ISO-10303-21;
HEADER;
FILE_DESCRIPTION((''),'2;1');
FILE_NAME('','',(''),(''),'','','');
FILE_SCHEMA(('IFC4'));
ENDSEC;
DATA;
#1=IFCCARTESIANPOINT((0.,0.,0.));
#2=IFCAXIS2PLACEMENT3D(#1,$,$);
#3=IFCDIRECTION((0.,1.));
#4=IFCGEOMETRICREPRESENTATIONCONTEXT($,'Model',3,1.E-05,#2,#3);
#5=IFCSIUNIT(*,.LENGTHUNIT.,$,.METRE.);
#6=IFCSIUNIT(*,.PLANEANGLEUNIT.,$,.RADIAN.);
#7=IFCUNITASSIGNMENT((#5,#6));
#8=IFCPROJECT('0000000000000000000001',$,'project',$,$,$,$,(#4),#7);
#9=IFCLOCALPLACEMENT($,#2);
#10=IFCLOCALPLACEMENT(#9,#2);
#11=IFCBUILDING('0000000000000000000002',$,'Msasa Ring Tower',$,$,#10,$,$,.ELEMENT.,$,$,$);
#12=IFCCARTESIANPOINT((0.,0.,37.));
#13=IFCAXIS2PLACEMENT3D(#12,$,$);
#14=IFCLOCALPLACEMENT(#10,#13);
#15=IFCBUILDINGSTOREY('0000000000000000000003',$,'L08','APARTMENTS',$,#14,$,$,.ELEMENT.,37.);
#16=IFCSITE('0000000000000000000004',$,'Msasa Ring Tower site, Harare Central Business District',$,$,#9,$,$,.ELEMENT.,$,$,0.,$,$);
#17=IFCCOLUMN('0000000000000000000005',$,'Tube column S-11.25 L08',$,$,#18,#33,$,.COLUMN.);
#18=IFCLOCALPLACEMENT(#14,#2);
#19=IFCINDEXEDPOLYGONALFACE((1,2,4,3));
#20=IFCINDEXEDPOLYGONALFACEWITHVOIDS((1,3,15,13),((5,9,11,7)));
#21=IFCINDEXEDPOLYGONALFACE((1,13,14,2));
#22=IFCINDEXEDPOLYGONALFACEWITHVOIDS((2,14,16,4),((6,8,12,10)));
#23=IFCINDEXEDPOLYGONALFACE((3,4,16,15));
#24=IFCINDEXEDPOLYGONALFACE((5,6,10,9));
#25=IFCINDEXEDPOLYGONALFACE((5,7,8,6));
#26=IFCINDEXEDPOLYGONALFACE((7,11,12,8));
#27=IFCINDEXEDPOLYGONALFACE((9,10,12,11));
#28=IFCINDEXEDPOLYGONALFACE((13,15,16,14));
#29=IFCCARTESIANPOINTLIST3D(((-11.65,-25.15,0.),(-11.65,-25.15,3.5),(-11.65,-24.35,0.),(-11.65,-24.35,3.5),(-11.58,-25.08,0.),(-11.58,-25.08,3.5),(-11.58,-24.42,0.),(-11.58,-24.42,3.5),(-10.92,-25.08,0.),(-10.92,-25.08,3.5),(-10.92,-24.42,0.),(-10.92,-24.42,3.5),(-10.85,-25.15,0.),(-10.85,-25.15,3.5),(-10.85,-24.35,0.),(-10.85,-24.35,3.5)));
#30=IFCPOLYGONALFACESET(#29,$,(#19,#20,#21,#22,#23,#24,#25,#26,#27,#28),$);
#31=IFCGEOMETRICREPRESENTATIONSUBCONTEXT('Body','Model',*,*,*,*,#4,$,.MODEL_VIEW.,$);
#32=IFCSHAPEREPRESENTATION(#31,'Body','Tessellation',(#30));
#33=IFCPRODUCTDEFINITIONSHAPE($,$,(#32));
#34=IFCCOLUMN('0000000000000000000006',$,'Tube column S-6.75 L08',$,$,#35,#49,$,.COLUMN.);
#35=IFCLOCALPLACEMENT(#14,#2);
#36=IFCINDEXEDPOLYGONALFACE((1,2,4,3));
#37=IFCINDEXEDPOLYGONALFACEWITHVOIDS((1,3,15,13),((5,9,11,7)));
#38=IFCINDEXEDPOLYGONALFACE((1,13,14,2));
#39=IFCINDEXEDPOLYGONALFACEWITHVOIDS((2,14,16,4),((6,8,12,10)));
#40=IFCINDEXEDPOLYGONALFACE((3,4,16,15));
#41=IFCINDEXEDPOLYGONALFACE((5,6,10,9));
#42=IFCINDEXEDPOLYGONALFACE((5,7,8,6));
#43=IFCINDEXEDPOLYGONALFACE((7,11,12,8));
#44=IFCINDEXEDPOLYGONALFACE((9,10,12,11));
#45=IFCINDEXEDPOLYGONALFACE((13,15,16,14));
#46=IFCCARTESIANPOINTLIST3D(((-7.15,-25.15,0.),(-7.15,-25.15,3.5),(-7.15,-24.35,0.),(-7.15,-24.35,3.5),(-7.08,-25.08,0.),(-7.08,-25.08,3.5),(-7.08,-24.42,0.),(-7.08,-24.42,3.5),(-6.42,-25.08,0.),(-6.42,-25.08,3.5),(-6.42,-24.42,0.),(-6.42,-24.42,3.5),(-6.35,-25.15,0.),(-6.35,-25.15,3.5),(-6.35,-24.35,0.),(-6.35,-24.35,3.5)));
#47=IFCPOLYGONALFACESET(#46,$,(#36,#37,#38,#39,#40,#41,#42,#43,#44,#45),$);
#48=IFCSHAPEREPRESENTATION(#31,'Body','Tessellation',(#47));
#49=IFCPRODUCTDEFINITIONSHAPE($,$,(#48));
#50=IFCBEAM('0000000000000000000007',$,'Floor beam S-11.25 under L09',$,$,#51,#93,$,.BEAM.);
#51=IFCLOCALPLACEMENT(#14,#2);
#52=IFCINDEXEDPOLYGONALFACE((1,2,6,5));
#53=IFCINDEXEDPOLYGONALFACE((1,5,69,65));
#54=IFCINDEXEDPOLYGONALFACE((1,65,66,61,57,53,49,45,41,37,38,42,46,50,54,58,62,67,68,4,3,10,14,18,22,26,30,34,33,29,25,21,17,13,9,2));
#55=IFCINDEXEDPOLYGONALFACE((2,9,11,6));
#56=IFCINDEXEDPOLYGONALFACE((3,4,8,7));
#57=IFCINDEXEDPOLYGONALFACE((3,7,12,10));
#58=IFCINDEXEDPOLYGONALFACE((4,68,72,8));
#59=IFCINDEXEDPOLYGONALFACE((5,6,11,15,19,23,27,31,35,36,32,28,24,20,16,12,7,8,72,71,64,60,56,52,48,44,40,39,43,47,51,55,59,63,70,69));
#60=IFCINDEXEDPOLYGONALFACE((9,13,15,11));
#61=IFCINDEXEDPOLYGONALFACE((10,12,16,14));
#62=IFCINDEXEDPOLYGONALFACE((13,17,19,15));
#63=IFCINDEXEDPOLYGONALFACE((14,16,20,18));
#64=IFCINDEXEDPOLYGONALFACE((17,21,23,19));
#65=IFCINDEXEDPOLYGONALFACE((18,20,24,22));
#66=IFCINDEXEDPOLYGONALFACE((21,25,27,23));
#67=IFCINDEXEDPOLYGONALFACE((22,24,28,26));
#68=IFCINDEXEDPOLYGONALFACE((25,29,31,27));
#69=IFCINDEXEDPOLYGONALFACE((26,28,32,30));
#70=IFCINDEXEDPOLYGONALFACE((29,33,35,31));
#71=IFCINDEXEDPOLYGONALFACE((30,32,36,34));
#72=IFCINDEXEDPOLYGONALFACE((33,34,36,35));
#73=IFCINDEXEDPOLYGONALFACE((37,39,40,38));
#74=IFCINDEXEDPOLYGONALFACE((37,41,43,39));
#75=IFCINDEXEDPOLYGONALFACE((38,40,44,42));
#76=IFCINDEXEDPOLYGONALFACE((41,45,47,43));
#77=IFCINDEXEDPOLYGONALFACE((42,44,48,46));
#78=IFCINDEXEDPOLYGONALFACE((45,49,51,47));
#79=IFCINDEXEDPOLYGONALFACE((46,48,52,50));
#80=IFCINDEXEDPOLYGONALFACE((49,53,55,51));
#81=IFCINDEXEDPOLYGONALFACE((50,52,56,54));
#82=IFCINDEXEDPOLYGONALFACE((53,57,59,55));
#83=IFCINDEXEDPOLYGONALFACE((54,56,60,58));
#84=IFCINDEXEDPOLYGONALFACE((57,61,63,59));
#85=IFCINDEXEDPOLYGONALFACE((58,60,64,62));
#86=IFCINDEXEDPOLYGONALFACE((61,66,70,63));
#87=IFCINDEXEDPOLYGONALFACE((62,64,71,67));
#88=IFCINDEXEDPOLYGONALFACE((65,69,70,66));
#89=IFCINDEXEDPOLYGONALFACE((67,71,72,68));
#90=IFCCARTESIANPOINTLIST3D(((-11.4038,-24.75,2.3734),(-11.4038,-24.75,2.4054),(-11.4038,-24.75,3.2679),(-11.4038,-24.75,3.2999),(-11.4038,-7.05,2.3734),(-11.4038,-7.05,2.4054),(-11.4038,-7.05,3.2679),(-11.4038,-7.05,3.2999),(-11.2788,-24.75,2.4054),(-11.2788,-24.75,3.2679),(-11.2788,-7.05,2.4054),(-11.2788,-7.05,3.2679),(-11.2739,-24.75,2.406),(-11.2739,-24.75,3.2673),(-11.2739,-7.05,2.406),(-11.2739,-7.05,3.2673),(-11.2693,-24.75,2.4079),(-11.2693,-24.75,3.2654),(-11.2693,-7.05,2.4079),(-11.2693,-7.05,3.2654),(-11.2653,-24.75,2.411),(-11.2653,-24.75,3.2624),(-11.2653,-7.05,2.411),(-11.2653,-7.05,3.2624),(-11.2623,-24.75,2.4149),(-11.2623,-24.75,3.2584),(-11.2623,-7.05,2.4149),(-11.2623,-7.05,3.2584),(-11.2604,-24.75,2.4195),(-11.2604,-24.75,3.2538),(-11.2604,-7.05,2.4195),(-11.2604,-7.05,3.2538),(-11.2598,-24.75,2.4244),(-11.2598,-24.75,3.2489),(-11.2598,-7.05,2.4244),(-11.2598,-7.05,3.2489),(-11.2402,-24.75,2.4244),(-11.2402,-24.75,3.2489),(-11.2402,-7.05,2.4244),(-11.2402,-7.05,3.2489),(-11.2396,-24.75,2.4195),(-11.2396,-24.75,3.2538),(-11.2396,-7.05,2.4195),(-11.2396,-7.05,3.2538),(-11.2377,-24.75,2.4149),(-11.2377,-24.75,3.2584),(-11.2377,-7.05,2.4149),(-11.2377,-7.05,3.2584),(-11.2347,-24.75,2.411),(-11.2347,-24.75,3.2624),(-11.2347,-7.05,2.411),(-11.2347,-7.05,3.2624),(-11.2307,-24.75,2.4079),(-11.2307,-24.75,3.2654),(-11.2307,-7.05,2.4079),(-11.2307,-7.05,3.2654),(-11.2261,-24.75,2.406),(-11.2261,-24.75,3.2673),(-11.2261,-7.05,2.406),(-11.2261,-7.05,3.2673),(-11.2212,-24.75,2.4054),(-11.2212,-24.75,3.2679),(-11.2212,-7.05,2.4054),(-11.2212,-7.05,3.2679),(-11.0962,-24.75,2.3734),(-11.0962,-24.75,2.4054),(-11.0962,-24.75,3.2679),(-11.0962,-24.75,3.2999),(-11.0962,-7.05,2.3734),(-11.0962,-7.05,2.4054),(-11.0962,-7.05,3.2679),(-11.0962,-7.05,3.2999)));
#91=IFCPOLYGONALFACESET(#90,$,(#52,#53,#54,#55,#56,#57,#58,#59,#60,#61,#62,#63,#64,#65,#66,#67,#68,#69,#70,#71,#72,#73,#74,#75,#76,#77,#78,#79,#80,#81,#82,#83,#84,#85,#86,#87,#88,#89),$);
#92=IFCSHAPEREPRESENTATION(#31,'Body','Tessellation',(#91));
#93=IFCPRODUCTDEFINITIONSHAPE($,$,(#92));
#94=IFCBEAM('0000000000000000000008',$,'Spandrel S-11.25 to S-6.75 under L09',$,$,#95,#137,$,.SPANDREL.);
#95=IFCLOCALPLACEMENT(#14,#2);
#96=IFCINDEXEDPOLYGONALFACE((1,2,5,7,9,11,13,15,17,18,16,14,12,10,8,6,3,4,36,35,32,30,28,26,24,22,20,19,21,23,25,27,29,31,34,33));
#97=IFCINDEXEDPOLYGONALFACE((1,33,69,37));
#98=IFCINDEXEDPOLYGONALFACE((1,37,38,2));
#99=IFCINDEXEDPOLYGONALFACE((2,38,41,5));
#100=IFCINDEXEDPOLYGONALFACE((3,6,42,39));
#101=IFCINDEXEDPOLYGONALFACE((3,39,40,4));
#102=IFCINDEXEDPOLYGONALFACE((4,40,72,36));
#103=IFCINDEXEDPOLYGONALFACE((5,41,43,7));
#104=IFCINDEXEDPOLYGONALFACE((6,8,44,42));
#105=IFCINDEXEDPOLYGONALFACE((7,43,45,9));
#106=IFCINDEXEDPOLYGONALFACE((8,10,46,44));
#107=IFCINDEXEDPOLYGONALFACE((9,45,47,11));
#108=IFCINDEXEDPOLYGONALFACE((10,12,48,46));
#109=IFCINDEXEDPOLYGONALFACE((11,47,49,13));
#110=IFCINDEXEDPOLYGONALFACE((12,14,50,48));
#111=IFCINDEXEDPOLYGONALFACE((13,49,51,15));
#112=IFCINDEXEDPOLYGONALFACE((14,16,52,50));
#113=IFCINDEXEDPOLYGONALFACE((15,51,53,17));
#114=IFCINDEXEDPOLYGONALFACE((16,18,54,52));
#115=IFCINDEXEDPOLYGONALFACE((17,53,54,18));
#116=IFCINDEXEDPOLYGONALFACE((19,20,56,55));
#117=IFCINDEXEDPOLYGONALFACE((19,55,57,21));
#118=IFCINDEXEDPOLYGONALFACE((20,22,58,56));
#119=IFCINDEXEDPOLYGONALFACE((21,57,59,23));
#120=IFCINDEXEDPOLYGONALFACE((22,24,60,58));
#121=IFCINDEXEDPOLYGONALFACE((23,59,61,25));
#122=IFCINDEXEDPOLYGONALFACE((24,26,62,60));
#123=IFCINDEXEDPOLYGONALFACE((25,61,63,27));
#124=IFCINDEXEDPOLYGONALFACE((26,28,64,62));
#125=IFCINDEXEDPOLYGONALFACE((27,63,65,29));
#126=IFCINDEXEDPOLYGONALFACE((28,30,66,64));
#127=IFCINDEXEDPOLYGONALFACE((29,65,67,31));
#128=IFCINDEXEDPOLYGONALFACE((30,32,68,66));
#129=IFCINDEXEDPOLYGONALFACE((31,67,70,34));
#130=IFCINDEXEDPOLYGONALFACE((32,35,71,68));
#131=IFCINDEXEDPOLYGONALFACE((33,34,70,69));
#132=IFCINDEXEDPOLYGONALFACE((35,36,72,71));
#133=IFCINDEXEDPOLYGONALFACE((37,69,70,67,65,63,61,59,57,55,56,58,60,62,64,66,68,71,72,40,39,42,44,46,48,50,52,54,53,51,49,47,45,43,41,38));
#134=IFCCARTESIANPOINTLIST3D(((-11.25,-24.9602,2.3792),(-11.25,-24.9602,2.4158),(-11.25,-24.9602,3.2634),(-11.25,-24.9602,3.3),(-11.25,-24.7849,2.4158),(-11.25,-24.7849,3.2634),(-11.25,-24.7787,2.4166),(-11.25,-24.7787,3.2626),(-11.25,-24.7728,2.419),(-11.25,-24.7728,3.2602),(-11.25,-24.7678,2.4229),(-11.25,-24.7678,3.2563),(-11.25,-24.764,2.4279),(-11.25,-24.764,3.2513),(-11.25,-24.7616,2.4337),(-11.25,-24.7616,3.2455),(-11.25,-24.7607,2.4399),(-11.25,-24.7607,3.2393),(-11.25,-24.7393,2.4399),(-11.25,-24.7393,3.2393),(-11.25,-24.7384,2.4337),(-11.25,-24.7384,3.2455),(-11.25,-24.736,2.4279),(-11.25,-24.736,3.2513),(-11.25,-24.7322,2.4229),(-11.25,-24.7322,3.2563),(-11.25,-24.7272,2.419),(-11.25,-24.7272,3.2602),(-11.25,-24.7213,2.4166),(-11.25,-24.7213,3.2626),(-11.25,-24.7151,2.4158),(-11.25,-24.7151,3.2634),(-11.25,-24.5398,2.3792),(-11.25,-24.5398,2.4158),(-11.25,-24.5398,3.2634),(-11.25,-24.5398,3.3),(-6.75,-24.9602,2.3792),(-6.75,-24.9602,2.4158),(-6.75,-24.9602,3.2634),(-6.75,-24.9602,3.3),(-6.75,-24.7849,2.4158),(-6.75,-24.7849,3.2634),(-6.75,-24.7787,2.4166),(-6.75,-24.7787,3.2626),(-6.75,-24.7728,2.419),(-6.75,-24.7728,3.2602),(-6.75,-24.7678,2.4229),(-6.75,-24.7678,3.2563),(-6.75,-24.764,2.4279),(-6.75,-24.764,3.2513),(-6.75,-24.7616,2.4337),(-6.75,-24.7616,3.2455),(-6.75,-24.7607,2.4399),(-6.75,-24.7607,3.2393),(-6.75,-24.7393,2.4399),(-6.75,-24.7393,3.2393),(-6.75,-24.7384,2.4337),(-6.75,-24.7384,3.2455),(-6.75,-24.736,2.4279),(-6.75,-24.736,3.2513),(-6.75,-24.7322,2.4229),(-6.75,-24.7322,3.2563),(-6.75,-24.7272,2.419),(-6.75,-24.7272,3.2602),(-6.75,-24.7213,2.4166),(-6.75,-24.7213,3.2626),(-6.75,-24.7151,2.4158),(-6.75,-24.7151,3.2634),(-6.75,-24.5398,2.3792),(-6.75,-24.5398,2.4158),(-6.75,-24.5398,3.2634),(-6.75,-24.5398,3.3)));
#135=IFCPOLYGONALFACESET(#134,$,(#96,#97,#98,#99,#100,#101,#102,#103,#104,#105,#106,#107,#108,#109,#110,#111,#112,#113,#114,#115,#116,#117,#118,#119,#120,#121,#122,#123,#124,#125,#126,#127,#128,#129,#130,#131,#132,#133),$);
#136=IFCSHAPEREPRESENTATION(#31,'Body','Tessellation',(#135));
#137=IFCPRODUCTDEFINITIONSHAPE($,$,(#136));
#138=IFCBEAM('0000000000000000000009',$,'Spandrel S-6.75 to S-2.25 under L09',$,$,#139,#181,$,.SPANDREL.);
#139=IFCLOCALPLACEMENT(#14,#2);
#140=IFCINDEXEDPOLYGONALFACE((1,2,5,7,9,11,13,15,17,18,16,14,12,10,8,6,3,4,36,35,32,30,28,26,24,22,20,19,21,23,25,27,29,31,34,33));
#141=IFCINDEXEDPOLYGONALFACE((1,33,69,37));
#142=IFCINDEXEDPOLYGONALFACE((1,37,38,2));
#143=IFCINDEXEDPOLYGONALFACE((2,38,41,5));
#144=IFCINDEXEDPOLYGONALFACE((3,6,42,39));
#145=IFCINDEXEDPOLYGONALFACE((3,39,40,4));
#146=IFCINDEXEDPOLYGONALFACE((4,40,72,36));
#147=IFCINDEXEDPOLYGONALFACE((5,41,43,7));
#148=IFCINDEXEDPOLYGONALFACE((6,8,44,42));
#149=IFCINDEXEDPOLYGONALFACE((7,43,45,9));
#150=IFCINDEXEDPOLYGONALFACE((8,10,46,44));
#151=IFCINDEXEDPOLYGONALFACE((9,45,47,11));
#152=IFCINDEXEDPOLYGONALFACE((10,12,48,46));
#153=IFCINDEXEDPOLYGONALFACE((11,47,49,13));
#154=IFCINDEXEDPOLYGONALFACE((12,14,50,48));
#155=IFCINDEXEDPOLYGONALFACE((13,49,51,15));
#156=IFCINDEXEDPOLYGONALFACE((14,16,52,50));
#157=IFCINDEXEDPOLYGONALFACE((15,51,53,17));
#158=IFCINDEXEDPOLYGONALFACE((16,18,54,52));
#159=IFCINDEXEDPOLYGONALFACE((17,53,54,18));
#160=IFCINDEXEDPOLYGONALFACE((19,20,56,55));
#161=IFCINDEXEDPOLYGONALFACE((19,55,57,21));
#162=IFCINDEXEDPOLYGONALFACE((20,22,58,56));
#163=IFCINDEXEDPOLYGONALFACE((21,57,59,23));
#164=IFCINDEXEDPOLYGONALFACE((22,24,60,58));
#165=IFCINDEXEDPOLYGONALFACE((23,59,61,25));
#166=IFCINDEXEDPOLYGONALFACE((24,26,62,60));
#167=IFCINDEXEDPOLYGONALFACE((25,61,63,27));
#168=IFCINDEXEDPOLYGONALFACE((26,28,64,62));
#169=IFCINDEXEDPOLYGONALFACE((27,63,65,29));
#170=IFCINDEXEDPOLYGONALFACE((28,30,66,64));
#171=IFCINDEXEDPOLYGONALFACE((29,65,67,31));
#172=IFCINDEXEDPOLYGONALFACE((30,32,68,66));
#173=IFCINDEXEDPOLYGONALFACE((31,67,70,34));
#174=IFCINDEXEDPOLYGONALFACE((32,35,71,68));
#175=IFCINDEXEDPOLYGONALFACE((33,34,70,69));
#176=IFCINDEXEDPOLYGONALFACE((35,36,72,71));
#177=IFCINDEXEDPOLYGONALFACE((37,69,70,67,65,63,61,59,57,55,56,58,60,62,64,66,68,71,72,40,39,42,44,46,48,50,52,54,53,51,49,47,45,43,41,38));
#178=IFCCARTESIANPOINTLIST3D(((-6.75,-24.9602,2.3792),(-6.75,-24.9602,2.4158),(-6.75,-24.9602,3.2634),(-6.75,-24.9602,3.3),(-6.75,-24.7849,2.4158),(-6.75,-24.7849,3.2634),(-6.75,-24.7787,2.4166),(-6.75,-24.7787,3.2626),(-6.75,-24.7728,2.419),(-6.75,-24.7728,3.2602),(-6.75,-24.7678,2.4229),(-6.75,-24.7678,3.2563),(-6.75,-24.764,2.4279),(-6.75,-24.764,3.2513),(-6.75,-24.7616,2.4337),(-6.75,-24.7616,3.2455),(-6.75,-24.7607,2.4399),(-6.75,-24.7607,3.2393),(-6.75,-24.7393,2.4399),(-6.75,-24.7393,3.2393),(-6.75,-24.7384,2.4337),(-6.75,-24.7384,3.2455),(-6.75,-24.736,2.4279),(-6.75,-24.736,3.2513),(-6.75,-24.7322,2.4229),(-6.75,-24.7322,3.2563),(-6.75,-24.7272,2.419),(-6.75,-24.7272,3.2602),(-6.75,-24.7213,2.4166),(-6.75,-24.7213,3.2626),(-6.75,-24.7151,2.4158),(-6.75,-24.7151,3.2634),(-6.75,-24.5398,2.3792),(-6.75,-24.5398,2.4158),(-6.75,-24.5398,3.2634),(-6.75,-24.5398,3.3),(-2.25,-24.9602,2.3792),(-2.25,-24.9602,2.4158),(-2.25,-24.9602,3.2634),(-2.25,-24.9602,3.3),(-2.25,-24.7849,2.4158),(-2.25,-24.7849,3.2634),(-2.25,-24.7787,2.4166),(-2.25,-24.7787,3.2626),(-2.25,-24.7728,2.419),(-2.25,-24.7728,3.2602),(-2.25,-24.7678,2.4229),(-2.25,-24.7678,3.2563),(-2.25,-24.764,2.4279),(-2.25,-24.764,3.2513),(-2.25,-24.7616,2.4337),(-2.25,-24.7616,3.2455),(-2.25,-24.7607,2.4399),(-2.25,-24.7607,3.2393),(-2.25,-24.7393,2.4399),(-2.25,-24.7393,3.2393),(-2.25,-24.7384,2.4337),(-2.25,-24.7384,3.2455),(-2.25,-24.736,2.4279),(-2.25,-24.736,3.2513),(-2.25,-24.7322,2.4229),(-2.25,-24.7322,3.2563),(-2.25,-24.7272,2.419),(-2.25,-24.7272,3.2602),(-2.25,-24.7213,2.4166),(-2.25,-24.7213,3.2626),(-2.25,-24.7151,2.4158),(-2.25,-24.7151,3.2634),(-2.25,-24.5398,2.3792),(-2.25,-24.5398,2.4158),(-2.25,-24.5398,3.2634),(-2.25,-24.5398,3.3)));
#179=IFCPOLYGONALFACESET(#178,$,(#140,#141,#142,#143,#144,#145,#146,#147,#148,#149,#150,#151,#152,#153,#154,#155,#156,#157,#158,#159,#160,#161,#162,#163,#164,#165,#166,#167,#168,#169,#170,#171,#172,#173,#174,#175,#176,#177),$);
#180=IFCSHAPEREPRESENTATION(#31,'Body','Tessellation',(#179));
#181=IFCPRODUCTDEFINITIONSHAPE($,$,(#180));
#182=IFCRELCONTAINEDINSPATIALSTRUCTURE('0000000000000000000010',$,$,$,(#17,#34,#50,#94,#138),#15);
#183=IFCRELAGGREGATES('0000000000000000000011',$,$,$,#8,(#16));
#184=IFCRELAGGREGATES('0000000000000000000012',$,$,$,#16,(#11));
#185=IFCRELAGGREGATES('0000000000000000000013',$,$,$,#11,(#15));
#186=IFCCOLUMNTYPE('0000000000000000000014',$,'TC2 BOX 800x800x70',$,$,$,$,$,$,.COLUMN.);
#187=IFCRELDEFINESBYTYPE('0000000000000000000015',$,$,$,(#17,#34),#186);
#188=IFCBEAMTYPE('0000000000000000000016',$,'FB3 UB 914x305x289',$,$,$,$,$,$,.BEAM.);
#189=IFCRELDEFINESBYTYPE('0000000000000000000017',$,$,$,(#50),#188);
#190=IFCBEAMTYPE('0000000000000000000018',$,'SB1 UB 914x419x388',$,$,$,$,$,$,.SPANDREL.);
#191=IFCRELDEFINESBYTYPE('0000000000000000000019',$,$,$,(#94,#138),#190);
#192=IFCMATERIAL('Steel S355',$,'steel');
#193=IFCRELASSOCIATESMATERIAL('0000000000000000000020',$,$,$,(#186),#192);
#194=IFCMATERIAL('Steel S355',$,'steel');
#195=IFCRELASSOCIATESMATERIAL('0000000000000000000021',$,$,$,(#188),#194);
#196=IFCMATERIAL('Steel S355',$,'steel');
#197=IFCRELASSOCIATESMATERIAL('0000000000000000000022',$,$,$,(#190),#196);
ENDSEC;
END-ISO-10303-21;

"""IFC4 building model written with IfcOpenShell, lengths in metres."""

from ifc_helpers import new_model, si_unit, direction, frame, origin, origin_2d, place, context, subcontext, project, spatial, hollow_rectangle, i_section, extrude, material, material_profile, profile_set, type_object, element, save


model = new_model("IFC4")

# Units and contexts
model_context = context("Model", 3, precision=1e-05, world=origin(), true_north=direction((0.0, 1.0)))
body_context = subcontext(model_context, "Body", "Model", "MODEL_VIEW")
ifc_project = project(units=[si_unit("LENGTHUNIT", "METRE"), si_unit("PLANEANGLEUNIT", "RADIAN")], contexts=[model_context])

# Site, building, storey
site_placement = place(None, origin())
site = spatial("IfcSite", under=ifc_project, at=site_placement, Name="Msasa Ring Tower site, Harare Central Business District", CompositionType="ELEMENT", RefElevation=0.0)
building_placement = place(site_placement, origin())
building = spatial("IfcBuilding", under=site, at=building_placement, Name="Msasa Ring Tower", CompositionType="ELEMENT")
storey_placement = place(building_placement, frame((0.0, 0.0, 37.0)))
storey = spatial("IfcBuildingStorey", under=building, at=storey_placement, Name="L08", Description="APARTMENTS", CompositionType="ELEMENT", Elevation=37.0)

# Columns
ifc_material_1 = material(Name="Steel S355", Category="steel")
ifc_material_profile_1 = material_profile(ifc_material_1, hollow_rectangle(XDim=0.8, YDim=0.8, WallThickness=0.0701, at=origin_2d()), Name="BOX 800x800x70")
ifc_profile_set_1 = profile_set([ifc_material_profile_1], Name="Steel S355")
column_type = type_object("IfcColumnType", Name="TC2 BOX 800x800x70", PredefinedType="COLUMN", material=ifc_profile_set_1)
for number, where, z_axis, x_axis, name in (
    (1, (-11.25, -24.75, 0.0), (0.0, 0.0, 1.0), (0.0, 1.0, 0.0), "Tube column S-11.25 L08"),
    (2, (-6.75, -24.75, 0.0), (0.0, 0.0, 1.0), (0.0, 1.0, 0.0), "Tube column S-6.75 L08"),
):
    element("IfcColumn", number, at=place(storey_placement, frame(where, z_axis=z_axis, x_axis=x_axis)), inside=storey, type_object=column_type, Name=name, PredefinedType="COLUMN", context=body_context, shape_type="SweptSolid", body=[
        extrude(hollow_rectangle(XDim=0.8, YDim=0.8, WallThickness=0.0701, at=origin_2d()), origin(), (0.0, 0.0, 1.0), 3.5),
    ])

# Beams
ifc_material_2 = material(Name="Steel S355", Category="steel")
ifc_material_profile_2 = material_profile(ifc_material_2, i_section(OverallWidth=0.3076, OverallDepth=0.9265, WebThickness=0.0195, FlangeThickness=0.032, FilletRadius=0.019, at=origin_2d()), Name="UB 914x305x289")
ifc_profile_set_2 = profile_set([ifc_material_profile_2], Name="Steel S355")
beam_type_1 = type_object("IfcBeamType", Name="FB3 UB 914x305x289", PredefinedType="BEAM", material=ifc_profile_set_2)
beam_placement = place(storey_placement, frame((-11.25, -24.75, 2.8367), z_axis=(0.0, 1.0, 0.0), x_axis=(-1.0, 0.0, 0.0)))
element("IfcBeam", 3, at=beam_placement, inside=storey, type_object=beam_type_1, Name="Floor beam S-11.25 under L09", PredefinedType="BEAM", context=body_context, shape_type="SweptSolid", body=[
    extrude(i_section(OverallWidth=0.3076, OverallDepth=0.9265, WebThickness=0.0195, FlangeThickness=0.032, FilletRadius=0.019, at=origin_2d()), origin(), (0.0, 0.0, 1.0), 17.7),
])
ifc_material_3 = material(Name="Steel S355", Category="steel")
ifc_material_profile_3 = material_profile(ifc_material_3, i_section(OverallWidth=0.4204, OverallDepth=0.9209, WebThickness=0.0215, FlangeThickness=0.0366, FilletRadius=0.0242, at=origin_2d()), Name="UB 914x419x388")
ifc_profile_set_3 = profile_set([ifc_material_profile_3], Name="Steel S355")
beam_type_2 = type_object("IfcBeamType", Name="SB1 UB 914x419x388", PredefinedType="SPANDREL", material=ifc_profile_set_3)
for number, where, z_axis, x_axis, name in (
    (4, (-11.25, -24.75, 2.8396), (1.0, 0.0, 0.0), (0.0, 1.0, 0.0), "Spandrel S-11.25 to S-6.75 under L09"),
    (5, (-6.75, -24.75, 2.8396), (1.0, 0.0, 0.0), (0.0, 1.0, 0.0), "Spandrel S-6.75 to S-2.25 under L09"),
):
    element("IfcBeam", number, at=place(storey_placement, frame(where, z_axis=z_axis, x_axis=x_axis)), inside=storey, type_object=beam_type_2, Name=name, PredefinedType="SPANDREL", context=body_context, shape_type="SweptSolid", body=[
        extrude(i_section(OverallWidth=0.4204, OverallDepth=0.9209, WebThickness=0.0215, FlangeThickness=0.0366, FilletRadius=0.0242, at=origin_2d()), origin(), (0.0, 0.0, 1.0), 4.5),
    ])

save(model, "model.ifc")
